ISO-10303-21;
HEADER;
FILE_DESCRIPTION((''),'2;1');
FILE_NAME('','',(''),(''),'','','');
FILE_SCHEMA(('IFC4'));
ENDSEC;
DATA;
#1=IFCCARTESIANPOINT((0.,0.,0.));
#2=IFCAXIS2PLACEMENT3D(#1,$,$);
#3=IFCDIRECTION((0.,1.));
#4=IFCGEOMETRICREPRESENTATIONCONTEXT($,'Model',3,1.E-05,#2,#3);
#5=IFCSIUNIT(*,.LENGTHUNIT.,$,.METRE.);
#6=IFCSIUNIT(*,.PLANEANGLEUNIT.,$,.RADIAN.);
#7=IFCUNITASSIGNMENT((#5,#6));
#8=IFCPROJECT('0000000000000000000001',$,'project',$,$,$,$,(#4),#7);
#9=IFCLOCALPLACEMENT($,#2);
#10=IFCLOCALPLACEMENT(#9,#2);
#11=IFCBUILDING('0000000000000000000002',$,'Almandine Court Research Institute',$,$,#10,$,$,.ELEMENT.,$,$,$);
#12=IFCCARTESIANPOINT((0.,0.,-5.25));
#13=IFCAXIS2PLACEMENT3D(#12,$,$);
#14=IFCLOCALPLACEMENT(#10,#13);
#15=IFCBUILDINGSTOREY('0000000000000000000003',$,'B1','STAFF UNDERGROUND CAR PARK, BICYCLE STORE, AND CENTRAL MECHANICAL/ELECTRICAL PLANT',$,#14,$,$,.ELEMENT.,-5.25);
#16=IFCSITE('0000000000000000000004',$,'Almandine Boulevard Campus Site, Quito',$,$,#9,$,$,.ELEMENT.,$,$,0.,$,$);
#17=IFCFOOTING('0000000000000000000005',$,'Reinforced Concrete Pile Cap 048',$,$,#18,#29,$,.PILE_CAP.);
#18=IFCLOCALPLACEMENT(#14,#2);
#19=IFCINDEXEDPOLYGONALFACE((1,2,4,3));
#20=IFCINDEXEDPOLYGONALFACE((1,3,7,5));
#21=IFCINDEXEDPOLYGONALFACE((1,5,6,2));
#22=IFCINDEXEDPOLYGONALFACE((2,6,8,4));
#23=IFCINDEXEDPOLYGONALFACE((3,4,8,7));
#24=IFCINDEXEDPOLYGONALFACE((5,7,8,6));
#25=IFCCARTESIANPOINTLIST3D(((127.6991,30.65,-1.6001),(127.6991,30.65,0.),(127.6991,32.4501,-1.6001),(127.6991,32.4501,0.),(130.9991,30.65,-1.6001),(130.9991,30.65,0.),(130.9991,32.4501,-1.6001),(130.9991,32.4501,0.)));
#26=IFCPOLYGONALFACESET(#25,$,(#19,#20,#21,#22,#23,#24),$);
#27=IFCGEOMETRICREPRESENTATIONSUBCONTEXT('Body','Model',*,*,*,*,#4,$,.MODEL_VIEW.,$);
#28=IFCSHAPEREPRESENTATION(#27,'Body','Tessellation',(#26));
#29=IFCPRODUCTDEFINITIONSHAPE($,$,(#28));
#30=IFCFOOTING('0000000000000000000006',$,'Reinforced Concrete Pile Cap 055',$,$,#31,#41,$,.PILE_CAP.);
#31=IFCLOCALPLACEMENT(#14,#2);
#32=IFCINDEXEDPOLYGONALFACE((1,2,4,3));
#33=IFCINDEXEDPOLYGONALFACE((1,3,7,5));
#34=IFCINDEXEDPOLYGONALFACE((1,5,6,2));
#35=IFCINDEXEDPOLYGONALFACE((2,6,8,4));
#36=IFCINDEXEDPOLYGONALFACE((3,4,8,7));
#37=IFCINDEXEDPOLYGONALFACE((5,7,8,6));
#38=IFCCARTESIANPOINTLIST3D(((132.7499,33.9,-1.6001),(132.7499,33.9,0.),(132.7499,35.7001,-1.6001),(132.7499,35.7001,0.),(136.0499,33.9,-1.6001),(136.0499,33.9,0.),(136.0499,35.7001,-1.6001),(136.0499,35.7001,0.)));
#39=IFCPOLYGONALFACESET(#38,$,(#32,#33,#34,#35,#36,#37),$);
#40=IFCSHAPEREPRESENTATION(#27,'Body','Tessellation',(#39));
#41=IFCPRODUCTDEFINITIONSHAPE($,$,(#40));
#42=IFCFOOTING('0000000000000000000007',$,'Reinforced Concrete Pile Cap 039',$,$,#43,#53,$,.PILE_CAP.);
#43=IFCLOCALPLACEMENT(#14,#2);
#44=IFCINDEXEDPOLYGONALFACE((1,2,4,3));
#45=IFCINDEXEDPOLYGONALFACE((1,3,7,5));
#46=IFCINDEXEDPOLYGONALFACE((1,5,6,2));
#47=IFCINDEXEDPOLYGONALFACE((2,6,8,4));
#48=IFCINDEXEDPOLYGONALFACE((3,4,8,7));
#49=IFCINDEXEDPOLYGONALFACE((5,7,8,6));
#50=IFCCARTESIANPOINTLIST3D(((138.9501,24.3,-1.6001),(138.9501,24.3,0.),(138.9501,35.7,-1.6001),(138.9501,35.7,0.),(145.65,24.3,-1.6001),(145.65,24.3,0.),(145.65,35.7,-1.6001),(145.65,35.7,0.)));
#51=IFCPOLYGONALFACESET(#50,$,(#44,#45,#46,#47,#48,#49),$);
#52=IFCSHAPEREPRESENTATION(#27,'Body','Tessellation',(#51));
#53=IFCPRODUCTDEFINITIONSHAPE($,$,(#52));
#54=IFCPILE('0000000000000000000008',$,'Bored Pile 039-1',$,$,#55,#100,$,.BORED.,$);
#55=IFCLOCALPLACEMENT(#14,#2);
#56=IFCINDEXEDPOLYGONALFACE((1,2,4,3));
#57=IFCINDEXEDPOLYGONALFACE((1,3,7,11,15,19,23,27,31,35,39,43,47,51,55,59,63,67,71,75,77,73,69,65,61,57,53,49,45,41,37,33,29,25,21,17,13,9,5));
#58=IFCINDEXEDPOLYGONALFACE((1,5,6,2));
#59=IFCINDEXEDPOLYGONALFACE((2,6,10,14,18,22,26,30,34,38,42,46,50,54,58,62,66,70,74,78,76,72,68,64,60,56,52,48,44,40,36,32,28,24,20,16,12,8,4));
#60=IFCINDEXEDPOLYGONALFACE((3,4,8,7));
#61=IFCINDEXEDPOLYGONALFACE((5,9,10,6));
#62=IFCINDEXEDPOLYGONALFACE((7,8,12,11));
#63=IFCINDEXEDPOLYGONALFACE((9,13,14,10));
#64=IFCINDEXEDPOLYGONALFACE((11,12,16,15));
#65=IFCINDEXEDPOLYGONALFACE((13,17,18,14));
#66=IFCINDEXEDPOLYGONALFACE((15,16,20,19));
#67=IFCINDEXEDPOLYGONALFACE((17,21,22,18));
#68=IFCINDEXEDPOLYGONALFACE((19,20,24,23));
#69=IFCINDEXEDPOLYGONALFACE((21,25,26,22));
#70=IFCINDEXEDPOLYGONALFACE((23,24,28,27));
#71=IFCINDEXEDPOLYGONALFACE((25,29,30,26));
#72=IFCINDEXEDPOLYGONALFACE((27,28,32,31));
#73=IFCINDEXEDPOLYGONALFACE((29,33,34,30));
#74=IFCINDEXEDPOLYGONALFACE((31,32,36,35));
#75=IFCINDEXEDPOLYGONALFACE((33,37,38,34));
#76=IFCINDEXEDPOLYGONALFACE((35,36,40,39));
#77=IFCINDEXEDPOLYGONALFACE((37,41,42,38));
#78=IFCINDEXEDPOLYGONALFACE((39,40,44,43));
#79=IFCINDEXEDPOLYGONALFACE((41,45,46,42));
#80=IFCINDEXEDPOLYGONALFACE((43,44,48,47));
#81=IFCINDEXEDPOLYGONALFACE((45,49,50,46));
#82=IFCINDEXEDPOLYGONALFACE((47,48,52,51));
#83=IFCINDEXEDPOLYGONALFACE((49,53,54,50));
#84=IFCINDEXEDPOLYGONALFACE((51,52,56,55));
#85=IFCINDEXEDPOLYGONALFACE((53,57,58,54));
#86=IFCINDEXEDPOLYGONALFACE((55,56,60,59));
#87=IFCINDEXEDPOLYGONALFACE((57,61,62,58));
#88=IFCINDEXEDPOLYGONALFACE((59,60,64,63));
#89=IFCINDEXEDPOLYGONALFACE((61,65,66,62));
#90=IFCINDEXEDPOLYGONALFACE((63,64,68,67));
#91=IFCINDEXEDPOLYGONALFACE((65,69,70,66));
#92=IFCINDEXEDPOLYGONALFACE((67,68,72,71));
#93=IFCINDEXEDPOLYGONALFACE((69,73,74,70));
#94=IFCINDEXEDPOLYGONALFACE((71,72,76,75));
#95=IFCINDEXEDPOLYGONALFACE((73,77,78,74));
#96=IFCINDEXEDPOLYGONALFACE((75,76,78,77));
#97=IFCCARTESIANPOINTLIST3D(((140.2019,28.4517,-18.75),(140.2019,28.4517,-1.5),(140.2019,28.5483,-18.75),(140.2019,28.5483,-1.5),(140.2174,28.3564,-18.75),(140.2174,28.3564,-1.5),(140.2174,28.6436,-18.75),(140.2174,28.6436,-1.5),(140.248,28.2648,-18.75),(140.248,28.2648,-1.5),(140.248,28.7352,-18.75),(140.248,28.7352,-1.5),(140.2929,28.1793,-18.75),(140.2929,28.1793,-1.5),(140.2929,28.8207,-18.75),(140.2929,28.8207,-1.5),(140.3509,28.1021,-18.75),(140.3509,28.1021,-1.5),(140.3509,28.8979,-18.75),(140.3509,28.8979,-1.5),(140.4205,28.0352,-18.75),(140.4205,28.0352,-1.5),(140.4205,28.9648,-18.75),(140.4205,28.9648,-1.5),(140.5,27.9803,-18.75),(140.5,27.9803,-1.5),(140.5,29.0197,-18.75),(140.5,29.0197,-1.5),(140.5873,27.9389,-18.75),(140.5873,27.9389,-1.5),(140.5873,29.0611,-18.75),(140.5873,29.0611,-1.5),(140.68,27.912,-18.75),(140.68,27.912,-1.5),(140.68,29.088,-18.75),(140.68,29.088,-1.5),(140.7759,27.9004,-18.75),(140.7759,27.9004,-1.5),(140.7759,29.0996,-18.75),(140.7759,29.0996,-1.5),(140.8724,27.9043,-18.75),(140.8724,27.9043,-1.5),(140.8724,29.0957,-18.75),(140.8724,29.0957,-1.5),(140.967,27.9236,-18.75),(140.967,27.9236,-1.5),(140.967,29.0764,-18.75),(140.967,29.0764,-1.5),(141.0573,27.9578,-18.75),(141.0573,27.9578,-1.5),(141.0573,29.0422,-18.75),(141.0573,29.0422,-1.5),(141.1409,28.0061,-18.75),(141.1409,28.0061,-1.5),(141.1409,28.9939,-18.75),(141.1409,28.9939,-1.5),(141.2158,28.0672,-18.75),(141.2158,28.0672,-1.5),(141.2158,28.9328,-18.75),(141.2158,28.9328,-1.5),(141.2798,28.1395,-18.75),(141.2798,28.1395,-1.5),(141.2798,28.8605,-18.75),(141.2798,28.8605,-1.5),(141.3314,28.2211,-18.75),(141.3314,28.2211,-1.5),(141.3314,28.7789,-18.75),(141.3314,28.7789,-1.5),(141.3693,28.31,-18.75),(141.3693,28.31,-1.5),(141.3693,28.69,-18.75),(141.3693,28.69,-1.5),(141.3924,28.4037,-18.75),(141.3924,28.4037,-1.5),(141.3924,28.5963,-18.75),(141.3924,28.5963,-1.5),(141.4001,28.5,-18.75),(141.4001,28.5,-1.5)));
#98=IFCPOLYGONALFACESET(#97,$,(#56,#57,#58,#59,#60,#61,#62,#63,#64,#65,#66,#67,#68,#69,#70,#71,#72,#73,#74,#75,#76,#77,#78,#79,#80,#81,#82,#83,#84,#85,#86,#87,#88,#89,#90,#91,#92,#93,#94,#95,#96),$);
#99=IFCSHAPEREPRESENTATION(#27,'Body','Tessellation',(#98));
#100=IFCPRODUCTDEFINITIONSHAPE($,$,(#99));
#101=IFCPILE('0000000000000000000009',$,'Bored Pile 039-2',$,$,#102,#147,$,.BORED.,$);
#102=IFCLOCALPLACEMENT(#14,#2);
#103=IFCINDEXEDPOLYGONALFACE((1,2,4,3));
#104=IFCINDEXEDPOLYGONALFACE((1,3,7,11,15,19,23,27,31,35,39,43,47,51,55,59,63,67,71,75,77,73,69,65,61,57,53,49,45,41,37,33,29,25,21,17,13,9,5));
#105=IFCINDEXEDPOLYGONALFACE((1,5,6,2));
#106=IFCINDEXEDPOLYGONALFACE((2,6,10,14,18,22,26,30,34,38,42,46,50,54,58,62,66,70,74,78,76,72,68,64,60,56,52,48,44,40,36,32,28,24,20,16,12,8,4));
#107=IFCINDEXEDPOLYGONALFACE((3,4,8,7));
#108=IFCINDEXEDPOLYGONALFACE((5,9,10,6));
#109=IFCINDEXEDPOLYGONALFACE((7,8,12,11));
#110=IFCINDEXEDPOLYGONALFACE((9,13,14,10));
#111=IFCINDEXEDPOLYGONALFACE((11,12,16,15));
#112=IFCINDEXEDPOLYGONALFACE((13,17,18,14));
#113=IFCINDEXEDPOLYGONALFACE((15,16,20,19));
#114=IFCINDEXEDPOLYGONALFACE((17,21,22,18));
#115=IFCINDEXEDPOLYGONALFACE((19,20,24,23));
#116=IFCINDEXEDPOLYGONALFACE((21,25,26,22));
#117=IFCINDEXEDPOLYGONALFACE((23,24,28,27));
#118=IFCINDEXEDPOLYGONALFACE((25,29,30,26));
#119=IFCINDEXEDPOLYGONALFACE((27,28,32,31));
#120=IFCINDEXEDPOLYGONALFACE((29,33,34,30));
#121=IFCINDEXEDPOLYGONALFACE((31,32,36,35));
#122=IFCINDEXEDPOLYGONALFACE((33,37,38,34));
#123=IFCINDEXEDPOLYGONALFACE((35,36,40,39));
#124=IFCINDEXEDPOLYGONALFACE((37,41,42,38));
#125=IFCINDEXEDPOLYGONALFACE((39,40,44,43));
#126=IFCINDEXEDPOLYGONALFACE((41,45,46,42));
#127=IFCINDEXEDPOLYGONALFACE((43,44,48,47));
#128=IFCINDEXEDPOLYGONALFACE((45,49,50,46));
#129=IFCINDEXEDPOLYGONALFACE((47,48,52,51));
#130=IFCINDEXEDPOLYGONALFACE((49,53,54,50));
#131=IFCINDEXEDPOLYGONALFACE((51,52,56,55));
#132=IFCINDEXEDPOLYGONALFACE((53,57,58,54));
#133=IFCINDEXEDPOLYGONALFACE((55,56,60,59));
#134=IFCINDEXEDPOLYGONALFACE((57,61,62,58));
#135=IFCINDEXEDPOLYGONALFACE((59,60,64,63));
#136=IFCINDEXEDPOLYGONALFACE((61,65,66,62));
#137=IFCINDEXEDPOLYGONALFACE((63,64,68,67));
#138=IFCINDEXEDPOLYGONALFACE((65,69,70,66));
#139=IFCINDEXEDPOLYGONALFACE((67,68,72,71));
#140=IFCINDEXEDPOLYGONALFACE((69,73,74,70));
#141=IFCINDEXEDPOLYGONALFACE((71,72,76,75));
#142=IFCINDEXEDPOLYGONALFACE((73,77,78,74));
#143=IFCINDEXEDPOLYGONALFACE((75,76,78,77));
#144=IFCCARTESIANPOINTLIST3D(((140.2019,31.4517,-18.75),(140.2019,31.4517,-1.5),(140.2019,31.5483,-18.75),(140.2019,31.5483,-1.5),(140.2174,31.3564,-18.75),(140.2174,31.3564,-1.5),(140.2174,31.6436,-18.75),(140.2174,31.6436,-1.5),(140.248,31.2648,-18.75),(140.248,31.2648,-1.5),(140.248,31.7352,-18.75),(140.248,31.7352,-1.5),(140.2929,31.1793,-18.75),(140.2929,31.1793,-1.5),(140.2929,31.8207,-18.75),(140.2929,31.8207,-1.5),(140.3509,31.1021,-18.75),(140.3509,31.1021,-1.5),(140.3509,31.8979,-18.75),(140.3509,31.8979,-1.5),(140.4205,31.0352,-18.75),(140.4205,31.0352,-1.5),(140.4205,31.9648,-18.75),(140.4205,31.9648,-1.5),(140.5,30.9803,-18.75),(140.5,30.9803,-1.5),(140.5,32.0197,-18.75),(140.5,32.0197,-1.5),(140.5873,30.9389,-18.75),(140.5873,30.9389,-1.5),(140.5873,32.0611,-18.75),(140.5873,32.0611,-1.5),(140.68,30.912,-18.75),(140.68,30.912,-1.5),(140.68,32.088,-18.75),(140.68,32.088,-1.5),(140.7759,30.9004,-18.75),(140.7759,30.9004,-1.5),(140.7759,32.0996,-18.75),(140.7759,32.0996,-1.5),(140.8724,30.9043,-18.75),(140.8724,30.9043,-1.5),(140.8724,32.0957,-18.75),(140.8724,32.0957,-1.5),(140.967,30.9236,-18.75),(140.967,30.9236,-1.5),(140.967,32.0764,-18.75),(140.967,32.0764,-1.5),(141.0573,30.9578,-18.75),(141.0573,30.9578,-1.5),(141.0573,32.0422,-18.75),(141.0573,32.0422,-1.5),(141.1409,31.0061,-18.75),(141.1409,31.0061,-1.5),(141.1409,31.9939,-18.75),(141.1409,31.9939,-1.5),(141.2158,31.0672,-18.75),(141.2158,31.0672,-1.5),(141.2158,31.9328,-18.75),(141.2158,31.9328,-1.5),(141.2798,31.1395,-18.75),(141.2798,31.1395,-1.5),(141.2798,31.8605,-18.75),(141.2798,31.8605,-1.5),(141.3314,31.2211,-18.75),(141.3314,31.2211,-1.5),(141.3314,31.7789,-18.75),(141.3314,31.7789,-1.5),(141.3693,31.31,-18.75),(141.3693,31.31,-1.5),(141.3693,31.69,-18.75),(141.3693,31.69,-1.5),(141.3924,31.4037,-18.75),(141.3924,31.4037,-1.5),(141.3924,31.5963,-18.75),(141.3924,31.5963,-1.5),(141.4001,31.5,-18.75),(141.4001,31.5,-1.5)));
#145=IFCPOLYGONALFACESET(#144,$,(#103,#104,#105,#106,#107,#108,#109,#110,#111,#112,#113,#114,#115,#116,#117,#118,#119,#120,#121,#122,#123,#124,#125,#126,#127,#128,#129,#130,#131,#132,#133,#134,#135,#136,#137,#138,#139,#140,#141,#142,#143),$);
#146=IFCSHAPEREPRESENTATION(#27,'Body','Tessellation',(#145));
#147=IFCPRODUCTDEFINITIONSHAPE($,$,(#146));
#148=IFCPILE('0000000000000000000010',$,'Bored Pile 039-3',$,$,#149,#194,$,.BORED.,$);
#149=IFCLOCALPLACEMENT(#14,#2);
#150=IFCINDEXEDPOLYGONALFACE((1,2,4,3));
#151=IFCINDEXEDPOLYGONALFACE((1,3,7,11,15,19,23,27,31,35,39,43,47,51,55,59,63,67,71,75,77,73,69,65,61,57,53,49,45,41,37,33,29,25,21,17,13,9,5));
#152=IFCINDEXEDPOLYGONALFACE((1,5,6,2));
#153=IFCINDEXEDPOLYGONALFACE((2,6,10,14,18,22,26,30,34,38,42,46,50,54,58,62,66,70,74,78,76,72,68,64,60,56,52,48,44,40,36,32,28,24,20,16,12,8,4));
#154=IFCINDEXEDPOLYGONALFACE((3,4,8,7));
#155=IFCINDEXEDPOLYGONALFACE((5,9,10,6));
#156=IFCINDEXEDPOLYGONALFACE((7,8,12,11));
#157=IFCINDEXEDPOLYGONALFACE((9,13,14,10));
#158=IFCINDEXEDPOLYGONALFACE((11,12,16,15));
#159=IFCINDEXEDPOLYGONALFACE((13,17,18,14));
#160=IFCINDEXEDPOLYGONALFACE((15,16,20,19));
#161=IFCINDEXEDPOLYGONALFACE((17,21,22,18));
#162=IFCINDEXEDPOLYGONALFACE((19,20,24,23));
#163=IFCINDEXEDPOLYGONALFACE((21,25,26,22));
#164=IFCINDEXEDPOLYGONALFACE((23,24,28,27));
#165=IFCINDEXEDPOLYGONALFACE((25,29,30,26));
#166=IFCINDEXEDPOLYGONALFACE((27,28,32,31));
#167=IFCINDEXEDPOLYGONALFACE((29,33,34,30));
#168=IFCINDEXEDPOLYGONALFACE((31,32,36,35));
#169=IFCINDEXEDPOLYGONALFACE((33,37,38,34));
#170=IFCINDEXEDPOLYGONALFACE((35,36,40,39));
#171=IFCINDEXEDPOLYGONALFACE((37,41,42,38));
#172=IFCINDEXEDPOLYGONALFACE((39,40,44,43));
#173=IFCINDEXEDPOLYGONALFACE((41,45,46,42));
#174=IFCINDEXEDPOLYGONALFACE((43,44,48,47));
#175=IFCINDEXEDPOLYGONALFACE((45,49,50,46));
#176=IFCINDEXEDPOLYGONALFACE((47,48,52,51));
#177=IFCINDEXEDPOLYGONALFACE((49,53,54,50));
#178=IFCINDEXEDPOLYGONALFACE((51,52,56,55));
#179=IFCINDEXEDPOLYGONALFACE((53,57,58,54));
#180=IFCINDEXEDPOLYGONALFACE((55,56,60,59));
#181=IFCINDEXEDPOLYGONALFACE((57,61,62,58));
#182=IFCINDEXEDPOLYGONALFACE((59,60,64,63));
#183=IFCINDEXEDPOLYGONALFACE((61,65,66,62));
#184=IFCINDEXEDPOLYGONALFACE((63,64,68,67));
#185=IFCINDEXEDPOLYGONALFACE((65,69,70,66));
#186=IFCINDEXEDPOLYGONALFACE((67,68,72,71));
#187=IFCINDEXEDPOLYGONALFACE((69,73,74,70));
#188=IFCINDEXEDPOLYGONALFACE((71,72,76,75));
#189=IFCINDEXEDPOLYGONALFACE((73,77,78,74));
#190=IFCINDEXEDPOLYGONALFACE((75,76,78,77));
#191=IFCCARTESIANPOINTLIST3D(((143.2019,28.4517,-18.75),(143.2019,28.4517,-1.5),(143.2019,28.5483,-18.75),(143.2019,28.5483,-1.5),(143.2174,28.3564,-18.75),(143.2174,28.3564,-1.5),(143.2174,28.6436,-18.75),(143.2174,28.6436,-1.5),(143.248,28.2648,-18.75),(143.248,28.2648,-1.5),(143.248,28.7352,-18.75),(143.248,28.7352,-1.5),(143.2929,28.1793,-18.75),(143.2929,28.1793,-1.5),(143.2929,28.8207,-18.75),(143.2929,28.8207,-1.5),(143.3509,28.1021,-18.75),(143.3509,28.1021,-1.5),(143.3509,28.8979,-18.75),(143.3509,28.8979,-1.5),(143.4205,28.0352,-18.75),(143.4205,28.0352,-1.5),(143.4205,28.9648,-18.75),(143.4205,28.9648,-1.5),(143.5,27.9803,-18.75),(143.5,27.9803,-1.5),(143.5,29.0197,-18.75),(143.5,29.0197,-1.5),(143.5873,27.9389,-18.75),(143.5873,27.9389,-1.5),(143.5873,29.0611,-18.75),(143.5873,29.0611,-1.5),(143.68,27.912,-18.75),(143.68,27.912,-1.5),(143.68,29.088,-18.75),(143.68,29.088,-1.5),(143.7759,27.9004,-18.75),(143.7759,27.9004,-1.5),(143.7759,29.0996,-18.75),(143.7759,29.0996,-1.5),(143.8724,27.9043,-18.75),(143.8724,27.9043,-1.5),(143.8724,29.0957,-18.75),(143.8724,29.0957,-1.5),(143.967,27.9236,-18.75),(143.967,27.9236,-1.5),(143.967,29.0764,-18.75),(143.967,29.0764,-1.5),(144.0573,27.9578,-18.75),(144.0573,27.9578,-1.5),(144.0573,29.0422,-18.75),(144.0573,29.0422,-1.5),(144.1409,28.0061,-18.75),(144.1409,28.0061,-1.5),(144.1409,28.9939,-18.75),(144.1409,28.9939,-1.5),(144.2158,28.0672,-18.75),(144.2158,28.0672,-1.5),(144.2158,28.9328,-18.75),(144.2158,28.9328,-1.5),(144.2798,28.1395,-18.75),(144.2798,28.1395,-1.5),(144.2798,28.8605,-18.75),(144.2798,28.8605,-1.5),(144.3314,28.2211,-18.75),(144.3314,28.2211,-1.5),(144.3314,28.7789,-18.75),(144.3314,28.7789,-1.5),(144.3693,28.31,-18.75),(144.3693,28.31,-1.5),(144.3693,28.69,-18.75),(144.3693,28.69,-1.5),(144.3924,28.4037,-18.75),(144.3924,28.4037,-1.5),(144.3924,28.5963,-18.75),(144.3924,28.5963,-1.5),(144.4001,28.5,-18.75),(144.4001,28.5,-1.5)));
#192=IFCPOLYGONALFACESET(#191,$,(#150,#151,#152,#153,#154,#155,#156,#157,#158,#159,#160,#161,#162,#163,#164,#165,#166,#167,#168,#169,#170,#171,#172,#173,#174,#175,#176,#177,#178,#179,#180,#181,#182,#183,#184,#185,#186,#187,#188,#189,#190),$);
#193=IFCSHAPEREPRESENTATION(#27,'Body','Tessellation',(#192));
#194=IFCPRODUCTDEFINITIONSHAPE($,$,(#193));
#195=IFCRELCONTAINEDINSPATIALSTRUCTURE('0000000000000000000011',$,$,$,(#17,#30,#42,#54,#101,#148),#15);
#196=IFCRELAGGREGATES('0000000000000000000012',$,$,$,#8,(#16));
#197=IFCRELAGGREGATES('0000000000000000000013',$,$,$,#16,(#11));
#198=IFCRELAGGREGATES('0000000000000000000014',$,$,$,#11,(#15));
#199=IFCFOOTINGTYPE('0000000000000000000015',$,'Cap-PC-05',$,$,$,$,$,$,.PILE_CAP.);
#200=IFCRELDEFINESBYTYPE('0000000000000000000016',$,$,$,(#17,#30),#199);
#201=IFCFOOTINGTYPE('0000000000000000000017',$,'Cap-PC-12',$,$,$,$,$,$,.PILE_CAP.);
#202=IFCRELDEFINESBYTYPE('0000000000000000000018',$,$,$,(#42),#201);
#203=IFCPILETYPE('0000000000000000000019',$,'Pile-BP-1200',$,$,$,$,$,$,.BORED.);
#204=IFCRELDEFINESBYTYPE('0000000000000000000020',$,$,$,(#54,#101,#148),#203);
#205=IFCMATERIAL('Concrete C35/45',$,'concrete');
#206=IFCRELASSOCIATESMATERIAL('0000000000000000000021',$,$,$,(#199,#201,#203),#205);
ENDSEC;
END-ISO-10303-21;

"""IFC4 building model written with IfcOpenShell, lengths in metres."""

from ifc_helpers import new_model, si_unit, direction, frame, origin, origin_2d, place, context, subcontext, project, spatial, rectangle, circle, extrude, material, material_profile, profile_set, type_object, element, save


model = new_model("IFC4")

# Units and contexts
model_context = context("Model", 3, precision=1e-05, world=origin(), true_north=direction((0.0, 1.0)))
body_context = subcontext(model_context, "Body", "Model", "MODEL_VIEW")
ifc_project = project(units=[si_unit("LENGTHUNIT", "METRE"), si_unit("PLANEANGLEUNIT", "RADIAN")], contexts=[model_context])

# Site, building, storey
site_placement = place(None, origin())
site = spatial("IfcSite", under=ifc_project, at=site_placement, Name="Almandine Boulevard Campus Site, Quito", CompositionType="ELEMENT", RefElevation=0.0)
building_placement = place(site_placement, origin())
building = spatial("IfcBuilding", under=site, at=building_placement, Name="Almandine Court Research Institute", CompositionType="ELEMENT")
storey_placement = place(building_placement, frame((0.0, 0.0, -5.25)))
storey = spatial("IfcBuildingStorey", under=building, at=storey_placement, Name="B1", Description="STAFF UNDERGROUND CAR PARK, BICYCLE STORE, AND CENTRAL MECHANICAL/ELECTRICAL PLANT", CompositionType="ELEMENT", Elevation=-5.25)

# Footings
ifc_material_1 = material(Name="Concrete C35/45", Category="concrete")
footing_type_1 = type_object("IfcFootingType", Name="Cap-PC-05", PredefinedType="PILE_CAP", material=ifc_material_1)
for number, where, z_axis, x_axis, name in (
    (1, (129.3491, 31.55, -1.6001), (0.0, 0.0, 1.0), (1.0, 0.0, 0.0), "Reinforced Concrete Pile Cap 048"),
    (2, (134.3999, 34.8, -1.6001), (0.0, 0.0, 1.0), (1.0, 0.0, 0.0), "Reinforced Concrete Pile Cap 055"),
):
    element("IfcFooting", number, at=place(storey_placement, frame(where, z_axis=z_axis, x_axis=x_axis)), inside=storey, type_object=footing_type_1, Name=name, PredefinedType="PILE_CAP", context=body_context, shape_type="SweptSolid", body=[
        extrude(rectangle(XDim=3.3, YDim=1.8, at=origin_2d()), origin(), (0.0, 0.0, 1.0), 1.6001),
    ])
footing_type_2 = type_object("IfcFootingType", Name="Cap-PC-12", PredefinedType="PILE_CAP", material=ifc_material_1)
footing_1_placement = place(storey_placement, frame((142.3, 30.0, -1.6001), z_axis=(0.0, 0.0, 1.0), x_axis=(1.0, 0.0, 0.0)))
element("IfcFooting", 3, at=footing_1_placement, inside=storey, type_object=footing_type_2, Name="Reinforced Concrete Pile Cap 039", PredefinedType="PILE_CAP", context=body_context, shape_type="SweptSolid", body=[
    extrude(rectangle(XDim=6.7, YDim=11.3999, at=origin_2d()), origin(), (0.0, 0.0, 1.0), 1.6001),
])

# Piles
ifc_material_profile_1 = material_profile(ifc_material_1, circle(Radius=0.6001, at=origin_2d()), Name="BORED PILE D1200")
ifc_profile_set_1 = profile_set([ifc_material_profile_1], Name="Concrete C35/45")
pile_type_1 = type_object("IfcPileType", Name="Pile-BP-1200", PredefinedType="BORED", material=ifc_profile_set_1)
for number, where, z_axis, x_axis, name in (
    (4, (140.8, 28.5, -1.5), (0.0, 0.0, -1.0), (1.0, 0.0, 0.0), "Bored Pile 039-1"),
    (5, (140.8, 31.5, -1.5), (0.0, 0.0, -1.0), (1.0, 0.0, 0.0), "Bored Pile 039-2"),
    (6, (143.8, 28.5, -1.5), (0.0, 0.0, -1.0), (1.0, 0.0, 0.0), "Bored Pile 039-3"),
):
    element("IfcPile", number, at=place(storey_placement, frame(where, z_axis=z_axis, x_axis=x_axis)), inside=storey, type_object=pile_type_1, Name=name, PredefinedType="BORED", context=body_context, shape_type="SweptSolid", body=[
        extrude(circle(Radius=0.6001, at=origin_2d()), origin(), (0.0, 0.0, 1.0), 17.25),
    ])

save(model, "model.ifc")
